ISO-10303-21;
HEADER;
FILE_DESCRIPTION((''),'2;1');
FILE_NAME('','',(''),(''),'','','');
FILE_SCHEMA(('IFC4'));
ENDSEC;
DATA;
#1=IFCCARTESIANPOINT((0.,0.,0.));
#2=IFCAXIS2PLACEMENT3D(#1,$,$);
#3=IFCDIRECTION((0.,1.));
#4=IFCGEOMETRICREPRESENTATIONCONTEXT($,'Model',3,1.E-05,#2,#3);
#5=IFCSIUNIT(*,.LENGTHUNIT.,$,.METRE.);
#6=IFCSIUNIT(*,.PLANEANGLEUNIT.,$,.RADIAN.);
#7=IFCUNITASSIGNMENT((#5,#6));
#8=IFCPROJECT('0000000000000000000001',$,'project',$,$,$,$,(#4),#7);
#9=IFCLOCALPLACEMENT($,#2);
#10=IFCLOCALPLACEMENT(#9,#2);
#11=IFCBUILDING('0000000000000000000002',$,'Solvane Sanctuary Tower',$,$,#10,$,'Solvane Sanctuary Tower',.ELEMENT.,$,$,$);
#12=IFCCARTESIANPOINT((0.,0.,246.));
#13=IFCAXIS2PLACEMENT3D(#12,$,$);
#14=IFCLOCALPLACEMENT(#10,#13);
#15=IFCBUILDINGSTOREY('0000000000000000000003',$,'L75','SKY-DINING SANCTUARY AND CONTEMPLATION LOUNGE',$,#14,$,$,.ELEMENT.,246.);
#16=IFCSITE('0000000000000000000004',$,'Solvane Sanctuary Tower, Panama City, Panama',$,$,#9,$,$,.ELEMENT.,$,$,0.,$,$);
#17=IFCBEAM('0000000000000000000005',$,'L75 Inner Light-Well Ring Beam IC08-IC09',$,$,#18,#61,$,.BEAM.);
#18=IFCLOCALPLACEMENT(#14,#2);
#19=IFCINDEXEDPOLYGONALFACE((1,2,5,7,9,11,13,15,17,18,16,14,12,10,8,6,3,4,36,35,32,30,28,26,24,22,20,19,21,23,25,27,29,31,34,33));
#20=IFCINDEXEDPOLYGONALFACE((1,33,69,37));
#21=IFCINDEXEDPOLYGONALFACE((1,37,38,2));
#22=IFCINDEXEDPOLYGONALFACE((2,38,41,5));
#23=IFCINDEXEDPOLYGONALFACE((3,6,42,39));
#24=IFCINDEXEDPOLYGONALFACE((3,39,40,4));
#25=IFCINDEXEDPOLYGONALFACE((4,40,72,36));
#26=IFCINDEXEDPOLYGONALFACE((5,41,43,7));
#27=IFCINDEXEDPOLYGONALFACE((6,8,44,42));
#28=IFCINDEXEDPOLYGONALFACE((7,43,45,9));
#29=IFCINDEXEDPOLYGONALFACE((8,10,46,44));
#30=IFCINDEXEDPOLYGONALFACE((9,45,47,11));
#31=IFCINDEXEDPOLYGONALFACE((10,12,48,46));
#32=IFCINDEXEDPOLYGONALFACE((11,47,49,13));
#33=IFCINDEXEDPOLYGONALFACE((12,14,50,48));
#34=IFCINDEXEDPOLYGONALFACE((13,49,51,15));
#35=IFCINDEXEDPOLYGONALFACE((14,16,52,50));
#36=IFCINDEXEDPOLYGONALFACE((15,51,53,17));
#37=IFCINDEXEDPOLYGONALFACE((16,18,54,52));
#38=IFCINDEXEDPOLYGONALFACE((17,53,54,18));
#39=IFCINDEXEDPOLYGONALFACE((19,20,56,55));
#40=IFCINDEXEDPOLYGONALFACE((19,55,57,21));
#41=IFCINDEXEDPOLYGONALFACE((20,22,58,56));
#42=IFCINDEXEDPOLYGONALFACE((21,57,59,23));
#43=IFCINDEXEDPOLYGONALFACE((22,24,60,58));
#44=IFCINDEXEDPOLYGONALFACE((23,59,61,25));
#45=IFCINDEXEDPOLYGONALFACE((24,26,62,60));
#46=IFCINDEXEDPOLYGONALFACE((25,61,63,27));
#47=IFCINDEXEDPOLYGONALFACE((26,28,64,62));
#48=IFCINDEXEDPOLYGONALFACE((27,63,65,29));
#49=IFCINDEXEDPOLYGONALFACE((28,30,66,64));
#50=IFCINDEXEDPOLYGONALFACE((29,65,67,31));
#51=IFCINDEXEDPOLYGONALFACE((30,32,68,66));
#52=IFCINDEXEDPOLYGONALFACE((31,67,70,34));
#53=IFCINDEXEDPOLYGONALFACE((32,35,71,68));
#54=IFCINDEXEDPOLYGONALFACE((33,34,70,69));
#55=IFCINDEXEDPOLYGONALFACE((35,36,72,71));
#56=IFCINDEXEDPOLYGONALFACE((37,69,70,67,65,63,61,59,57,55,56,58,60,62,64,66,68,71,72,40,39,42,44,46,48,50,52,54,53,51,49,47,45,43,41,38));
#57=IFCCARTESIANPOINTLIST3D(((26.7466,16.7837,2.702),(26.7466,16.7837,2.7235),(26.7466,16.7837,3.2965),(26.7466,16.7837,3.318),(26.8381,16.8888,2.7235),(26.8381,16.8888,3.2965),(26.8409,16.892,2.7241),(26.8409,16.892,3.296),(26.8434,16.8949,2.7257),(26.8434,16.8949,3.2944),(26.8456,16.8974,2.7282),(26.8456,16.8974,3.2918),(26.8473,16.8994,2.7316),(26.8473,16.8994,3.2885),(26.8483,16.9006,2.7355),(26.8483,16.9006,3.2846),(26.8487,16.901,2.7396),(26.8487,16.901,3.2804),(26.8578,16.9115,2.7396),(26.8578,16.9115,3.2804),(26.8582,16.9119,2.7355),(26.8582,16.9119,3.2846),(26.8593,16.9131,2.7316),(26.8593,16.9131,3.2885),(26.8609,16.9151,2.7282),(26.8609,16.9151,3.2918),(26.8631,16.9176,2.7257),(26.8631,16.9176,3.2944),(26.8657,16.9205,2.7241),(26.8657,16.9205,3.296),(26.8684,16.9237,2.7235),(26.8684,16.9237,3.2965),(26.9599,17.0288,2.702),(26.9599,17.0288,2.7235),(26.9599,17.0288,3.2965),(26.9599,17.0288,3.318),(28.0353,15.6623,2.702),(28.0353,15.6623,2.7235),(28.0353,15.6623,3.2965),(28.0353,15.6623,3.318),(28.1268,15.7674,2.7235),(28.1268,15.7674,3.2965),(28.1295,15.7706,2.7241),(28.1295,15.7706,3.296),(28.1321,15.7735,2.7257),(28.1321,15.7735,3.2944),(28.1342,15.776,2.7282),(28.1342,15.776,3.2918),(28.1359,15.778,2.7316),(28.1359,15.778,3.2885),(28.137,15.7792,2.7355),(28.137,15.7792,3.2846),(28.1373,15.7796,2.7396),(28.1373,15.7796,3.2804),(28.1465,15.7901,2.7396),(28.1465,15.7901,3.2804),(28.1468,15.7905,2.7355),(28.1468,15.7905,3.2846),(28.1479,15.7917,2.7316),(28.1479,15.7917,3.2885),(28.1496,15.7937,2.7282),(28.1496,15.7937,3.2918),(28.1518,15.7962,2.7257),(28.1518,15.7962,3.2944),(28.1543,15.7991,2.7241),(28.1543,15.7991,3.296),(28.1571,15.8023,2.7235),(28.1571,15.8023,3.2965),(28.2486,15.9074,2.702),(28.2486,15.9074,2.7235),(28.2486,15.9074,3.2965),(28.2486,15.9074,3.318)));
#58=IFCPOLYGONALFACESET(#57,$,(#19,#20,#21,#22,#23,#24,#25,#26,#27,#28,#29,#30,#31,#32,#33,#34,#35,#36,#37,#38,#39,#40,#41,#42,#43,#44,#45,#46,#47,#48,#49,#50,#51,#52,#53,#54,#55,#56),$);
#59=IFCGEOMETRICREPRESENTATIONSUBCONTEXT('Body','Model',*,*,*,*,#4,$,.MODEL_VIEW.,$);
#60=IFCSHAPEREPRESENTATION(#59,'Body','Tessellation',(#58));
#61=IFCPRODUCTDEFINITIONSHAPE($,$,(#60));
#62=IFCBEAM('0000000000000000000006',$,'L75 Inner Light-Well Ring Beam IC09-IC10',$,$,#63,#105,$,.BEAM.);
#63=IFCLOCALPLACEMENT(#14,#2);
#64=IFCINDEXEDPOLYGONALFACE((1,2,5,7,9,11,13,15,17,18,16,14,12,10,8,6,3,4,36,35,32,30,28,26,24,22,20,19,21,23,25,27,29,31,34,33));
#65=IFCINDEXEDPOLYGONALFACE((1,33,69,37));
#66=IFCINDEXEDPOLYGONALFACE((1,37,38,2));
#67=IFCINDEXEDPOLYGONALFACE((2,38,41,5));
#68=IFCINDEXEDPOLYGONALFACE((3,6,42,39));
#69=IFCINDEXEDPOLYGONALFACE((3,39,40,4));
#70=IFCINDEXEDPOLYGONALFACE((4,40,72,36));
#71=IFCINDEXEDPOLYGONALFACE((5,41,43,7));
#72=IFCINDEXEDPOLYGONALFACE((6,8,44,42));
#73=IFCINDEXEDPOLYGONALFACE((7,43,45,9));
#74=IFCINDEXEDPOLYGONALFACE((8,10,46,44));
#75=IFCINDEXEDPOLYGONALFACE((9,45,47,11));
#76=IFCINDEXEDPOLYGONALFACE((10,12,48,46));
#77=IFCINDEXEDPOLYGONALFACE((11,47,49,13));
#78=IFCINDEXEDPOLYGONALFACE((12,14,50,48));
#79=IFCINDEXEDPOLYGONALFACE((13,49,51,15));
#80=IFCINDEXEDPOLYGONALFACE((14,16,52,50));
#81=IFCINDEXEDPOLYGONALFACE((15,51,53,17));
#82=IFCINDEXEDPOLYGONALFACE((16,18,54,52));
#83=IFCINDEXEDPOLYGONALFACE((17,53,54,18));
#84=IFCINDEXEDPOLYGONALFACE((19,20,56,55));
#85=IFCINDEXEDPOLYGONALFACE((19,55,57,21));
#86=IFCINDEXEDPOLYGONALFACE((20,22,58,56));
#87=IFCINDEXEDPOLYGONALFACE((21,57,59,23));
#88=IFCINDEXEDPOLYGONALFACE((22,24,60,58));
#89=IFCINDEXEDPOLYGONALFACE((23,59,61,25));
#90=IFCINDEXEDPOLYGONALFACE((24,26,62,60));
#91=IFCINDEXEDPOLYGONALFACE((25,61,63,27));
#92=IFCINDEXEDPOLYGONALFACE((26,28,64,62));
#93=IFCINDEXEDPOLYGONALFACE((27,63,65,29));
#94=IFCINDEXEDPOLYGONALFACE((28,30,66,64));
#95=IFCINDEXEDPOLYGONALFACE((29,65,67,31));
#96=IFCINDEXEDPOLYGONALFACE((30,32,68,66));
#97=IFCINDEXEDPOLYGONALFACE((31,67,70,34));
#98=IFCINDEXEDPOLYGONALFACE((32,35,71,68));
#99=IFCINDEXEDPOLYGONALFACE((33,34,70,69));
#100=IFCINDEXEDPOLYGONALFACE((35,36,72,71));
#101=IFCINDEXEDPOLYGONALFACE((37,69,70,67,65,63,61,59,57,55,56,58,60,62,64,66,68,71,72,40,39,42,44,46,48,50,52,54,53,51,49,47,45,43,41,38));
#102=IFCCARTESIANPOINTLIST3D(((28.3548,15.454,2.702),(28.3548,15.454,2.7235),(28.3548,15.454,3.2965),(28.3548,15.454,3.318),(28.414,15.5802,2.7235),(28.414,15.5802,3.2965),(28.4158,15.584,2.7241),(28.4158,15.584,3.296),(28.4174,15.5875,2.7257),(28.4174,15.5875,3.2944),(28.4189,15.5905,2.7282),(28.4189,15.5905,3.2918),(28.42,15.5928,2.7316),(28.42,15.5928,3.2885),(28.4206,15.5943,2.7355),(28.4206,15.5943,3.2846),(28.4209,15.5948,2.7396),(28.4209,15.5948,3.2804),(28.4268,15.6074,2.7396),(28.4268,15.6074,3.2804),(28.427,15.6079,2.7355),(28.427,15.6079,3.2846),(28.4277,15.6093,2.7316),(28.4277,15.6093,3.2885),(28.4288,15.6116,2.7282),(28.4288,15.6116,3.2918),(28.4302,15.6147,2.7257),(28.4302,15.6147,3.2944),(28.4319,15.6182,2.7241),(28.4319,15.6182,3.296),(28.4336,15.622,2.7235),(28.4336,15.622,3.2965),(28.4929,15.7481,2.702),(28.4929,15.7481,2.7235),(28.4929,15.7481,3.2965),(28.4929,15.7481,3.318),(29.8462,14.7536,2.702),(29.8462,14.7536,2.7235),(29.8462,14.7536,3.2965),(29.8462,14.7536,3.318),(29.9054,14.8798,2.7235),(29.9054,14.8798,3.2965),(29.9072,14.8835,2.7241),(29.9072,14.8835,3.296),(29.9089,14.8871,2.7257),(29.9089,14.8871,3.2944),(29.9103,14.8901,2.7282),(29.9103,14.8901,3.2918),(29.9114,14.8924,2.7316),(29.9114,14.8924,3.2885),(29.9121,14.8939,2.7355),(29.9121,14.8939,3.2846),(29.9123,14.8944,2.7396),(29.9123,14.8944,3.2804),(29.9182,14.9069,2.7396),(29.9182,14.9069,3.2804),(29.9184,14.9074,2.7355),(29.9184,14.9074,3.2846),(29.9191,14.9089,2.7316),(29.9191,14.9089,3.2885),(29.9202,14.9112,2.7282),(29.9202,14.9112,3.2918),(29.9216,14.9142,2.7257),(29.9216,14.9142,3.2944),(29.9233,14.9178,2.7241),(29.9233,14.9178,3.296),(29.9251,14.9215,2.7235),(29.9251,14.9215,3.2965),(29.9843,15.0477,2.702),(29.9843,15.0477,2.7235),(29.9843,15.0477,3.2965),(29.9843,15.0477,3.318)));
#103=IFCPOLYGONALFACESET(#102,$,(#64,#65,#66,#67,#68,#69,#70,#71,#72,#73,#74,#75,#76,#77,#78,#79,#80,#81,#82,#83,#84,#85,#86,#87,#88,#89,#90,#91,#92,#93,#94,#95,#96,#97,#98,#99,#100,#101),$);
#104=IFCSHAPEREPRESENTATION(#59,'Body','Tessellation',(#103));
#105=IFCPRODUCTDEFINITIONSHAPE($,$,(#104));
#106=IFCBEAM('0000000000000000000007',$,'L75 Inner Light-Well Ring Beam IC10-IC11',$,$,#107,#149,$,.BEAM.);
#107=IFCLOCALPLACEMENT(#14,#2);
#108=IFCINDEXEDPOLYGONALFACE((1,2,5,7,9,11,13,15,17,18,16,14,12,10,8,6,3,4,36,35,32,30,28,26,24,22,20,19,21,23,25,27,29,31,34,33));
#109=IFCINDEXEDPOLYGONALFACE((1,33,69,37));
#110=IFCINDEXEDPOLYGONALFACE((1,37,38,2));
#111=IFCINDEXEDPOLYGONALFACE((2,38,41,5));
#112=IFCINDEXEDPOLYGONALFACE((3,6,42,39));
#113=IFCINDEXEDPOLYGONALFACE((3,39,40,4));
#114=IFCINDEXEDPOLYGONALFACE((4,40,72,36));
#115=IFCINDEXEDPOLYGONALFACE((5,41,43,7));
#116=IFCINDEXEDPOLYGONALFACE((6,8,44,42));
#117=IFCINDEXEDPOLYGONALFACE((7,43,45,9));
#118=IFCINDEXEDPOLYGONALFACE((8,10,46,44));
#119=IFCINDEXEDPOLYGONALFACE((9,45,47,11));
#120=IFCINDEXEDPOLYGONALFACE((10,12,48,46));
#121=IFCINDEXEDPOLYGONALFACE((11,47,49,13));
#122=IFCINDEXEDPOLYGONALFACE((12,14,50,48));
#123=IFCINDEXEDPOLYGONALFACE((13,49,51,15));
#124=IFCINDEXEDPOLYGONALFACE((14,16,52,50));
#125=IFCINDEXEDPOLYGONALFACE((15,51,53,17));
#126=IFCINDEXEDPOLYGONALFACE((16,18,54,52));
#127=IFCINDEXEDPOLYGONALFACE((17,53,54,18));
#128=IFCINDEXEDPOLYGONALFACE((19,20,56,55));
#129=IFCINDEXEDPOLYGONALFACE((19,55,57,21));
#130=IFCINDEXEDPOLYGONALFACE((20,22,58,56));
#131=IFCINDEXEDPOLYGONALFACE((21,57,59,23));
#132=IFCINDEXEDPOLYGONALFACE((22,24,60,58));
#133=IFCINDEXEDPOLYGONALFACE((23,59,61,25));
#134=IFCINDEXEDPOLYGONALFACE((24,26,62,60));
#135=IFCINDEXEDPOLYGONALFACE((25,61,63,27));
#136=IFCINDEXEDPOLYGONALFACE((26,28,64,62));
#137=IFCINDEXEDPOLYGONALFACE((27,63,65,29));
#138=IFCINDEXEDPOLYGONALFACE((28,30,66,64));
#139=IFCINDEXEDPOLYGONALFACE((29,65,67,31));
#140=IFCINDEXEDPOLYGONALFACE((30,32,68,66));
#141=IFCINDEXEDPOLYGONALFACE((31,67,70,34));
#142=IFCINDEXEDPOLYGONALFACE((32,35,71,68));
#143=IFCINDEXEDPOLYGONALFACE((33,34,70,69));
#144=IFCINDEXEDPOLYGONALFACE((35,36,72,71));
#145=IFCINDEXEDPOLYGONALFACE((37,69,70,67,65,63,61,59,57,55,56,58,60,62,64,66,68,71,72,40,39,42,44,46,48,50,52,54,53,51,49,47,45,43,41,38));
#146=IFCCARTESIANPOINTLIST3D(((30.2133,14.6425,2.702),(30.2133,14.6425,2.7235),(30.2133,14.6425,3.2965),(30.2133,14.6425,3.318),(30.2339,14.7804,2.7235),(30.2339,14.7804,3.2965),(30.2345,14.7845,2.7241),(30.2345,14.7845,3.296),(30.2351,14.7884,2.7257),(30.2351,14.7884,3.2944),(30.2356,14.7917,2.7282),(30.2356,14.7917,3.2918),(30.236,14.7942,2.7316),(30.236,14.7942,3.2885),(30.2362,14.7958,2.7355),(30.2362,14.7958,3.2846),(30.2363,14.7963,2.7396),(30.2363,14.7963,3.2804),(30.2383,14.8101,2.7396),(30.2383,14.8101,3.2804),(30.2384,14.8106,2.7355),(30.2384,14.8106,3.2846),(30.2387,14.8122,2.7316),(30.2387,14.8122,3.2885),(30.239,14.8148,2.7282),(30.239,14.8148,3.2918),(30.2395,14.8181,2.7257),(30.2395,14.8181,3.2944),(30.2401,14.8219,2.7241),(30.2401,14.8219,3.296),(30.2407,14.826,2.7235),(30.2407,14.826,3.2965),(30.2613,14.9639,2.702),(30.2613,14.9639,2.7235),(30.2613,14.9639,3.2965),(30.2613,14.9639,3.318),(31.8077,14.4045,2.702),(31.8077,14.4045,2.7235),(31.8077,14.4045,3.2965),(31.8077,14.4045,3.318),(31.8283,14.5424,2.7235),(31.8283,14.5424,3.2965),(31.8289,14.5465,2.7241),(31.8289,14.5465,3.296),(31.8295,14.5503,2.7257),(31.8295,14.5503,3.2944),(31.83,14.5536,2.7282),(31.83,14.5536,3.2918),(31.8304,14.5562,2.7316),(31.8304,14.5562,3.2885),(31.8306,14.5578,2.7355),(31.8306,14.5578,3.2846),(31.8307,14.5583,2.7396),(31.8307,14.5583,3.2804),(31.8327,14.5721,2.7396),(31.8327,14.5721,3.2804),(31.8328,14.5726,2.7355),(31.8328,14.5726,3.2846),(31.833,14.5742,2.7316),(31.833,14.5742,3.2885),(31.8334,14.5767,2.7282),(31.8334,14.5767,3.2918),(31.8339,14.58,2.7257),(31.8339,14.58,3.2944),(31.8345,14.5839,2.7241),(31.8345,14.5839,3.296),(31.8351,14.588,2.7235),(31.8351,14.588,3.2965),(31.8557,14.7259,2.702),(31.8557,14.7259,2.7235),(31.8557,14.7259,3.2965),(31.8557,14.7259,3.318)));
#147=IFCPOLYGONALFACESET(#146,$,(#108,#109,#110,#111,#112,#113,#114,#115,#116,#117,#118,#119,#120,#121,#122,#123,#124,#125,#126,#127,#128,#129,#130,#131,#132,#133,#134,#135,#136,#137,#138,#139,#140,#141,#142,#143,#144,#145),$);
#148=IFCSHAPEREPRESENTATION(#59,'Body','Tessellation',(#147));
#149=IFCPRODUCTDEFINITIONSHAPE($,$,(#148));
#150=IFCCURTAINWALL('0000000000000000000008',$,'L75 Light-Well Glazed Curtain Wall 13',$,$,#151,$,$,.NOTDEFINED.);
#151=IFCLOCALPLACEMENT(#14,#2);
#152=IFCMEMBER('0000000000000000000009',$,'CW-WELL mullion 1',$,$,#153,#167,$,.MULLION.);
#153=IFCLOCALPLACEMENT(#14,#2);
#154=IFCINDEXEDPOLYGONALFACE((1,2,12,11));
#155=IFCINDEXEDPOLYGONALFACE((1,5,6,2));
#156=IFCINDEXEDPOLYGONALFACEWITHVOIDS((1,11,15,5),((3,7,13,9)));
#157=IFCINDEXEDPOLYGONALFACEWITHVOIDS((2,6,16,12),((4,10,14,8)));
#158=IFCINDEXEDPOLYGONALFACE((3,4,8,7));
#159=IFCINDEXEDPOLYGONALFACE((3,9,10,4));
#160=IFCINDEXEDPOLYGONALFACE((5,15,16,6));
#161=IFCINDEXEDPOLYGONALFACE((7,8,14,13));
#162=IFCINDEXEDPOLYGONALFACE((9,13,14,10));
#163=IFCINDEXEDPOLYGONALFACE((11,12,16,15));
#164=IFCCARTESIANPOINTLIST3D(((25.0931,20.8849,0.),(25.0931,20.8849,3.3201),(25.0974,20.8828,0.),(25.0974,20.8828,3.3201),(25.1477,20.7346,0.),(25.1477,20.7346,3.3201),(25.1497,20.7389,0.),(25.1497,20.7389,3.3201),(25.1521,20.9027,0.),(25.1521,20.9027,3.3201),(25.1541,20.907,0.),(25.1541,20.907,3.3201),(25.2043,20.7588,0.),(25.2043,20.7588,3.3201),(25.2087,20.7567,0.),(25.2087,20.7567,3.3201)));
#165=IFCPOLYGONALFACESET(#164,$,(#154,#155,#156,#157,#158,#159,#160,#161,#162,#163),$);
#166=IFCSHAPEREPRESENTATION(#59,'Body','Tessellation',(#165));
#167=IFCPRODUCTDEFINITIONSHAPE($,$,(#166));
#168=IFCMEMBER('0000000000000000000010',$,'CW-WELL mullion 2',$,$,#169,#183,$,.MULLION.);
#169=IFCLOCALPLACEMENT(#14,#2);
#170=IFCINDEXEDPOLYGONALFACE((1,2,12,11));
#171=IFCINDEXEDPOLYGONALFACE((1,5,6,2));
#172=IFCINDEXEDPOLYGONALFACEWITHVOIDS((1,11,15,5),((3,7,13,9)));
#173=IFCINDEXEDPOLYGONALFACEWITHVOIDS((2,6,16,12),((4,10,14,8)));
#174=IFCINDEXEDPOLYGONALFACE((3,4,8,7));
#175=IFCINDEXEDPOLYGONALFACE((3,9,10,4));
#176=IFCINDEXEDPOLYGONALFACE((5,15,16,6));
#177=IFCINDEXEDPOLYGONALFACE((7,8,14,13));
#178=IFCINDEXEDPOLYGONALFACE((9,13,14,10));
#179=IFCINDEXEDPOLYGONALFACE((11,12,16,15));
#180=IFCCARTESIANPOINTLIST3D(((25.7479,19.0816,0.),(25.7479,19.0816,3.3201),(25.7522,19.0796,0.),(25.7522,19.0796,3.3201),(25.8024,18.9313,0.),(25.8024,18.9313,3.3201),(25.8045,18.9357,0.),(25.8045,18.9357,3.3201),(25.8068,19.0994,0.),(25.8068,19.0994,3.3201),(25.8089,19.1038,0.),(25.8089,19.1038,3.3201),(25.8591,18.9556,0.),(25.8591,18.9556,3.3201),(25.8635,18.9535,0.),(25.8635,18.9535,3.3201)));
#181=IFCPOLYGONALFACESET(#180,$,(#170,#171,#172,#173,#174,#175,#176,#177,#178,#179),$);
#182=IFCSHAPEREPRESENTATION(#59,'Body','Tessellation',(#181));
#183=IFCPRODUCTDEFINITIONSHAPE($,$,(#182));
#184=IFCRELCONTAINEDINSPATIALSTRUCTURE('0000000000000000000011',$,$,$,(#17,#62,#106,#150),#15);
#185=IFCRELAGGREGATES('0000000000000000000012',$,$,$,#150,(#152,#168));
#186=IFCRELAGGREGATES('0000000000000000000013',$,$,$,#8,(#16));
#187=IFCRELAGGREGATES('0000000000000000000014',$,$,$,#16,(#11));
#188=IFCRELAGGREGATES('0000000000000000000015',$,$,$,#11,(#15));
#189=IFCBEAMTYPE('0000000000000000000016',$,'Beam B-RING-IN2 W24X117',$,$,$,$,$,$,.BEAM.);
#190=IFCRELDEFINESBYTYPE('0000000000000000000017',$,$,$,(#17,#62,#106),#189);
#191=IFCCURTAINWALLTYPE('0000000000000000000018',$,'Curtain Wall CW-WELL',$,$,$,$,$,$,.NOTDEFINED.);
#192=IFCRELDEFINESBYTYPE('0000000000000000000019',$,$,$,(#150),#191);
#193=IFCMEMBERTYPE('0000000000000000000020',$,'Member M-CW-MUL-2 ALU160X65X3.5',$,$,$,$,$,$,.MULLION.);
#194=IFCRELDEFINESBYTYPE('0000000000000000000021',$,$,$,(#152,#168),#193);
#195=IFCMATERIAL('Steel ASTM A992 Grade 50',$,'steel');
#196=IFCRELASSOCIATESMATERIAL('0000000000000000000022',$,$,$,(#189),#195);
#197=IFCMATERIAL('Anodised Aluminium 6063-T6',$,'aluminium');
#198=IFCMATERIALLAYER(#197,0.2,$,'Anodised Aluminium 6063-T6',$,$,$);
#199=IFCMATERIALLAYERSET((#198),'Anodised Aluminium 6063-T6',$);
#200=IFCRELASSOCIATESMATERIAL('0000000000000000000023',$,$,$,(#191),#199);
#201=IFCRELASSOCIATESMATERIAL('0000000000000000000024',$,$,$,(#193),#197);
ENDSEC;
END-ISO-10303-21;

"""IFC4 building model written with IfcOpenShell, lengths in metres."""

from ifc_helpers import new_model, si_unit, direction, frame, origin, origin_2d, place, context, subcontext, project, spatial, hollow_rectangle, i_section, extrude, material, layer, layer_set, material_profile, profile_set, type_object, element, aggregate, save


model = new_model("IFC4")

# Units and contexts
model_context = context("Model", 3, precision=1e-05, world=origin(), true_north=direction((0.0, 1.0)))
body_context = subcontext(model_context, "Body", "Model", "MODEL_VIEW")
ifc_project = project(units=[si_unit("LENGTHUNIT", "METRE"), si_unit("PLANEANGLEUNIT", "RADIAN")], contexts=[model_context])

# Site, building, storey
site_placement = place(None, origin())
site = spatial("IfcSite", under=ifc_project, at=site_placement, Name="Solvane Sanctuary Tower, Panama City, Panama", CompositionType="ELEMENT", RefElevation=0.0)
building_placement = place(site_placement, origin())
building = spatial("IfcBuilding", under=site, at=building_placement, Name="Solvane Sanctuary Tower", LongName="Solvane Sanctuary Tower", CompositionType="ELEMENT")
storey_placement = place(building_placement, frame((0.0, 0.0, 246.0)))
storey = spatial("IfcBuildingStorey", under=building, at=storey_placement, Name="L75", Description="SKY-DINING SANCTUARY AND CONTEMPLATION LOUNGE", CompositionType="ELEMENT", Elevation=246.0)

# Beams
ifc_material_1 = material(Name="Steel ASTM A992 Grade 50", Category="steel")
ifc_material_profile_1 = material_profile(ifc_material_1, i_section(OverallWidth=0.325, OverallDepth=0.616, WebThickness=0.0139, FlangeThickness=0.0215, FilletRadius=0.0161, at=origin_2d()), Name="W24X117")
ifc_profile_set_1 = profile_set([ifc_material_profile_1], Name="Steel ASTM A992 Grade 50")
beam_type_1 = type_object("IfcBeamType", Name="Beam B-RING-IN2 W24X117", PredefinedType="BEAM", material=ifc_profile_set_1)
beam_1_placement = place(storey_placement, frame((26.8533, 16.9062, 3.01), z_axis=(0.754362, -0.656458, 0.0), x_axis=(0.656458, 0.754362, 0.0)))
element("IfcBeam", 1, at=beam_1_placement, inside=storey, type_object=beam_type_1, Name="L75 Inner Light-Well Ring Beam IC08-IC09", PredefinedType="BEAM", context=body_context, shape_type="SweptSolid", body=[
    extrude(i_section(OverallWidth=0.325, OverallDepth=0.616, WebThickness=0.0139, FlangeThickness=0.0215, FilletRadius=0.0161, at=origin_2d()), origin(), (0.0, 0.0, 1.0), 1.7083),
])
beam_2_placement = place(storey_placement, frame((28.4238, 15.6011, 3.01), z_axis=(0.905151, -0.42509, 0.0), x_axis=(0.42509, 0.905151, 0.0)))
element("IfcBeam", 2, at=beam_2_placement, inside=storey, type_object=beam_type_1, Name="L75 Inner Light-Well Ring Beam IC09-IC10", PredefinedType="BEAM", context=body_context, shape_type="SweptSolid", body=[
    extrude(i_section(OverallWidth=0.325, OverallDepth=0.616, WebThickness=0.0139, FlangeThickness=0.0215, FilletRadius=0.0161, at=origin_2d()), origin(), (0.0, 0.0, 1.0), 1.6477),
])
beam_3_placement = place(storey_placement, frame((30.2373, 14.8032, 3.01), z_axis=(0.989039, -0.147652, 0.0), x_axis=(0.147652, 0.989039, 0.0)))
element("IfcBeam", 3, at=beam_3_placement, inside=storey, type_object=beam_type_1, Name="L75 Inner Light-Well Ring Beam IC10-IC11", PredefinedType="BEAM", context=body_context, shape_type="SweptSolid", body=[
    extrude(i_section(OverallWidth=0.325, OverallDepth=0.616, WebThickness=0.0139, FlangeThickness=0.0215, FilletRadius=0.0161, at=origin_2d()), origin(), (0.0, 0.0, 1.0), 1.6121),
])

# Curtain wall, members
ifc_material_2 = material(Name="Anodised Aluminium 6063-T6", Category="aluminium")
ifc_layer_1 = layer(ifc_material_2, 0.2, Name="Anodised Aluminium 6063-T6")
ifc_layer_set_1 = layer_set([ifc_layer_1], Name="Anodised Aluminium 6063-T6")
curtain_wall_type = type_object("IfcCurtainWallType", Name="Curtain Wall CW-WELL", PredefinedType="NOTDEFINED", material=ifc_layer_set_1)
curtain_wall_placement = place(storey_placement, origin())
curtain_wall = element("IfcCurtainWall", 4, at=curtain_wall_placement, inside=storey, type_object=curtain_wall_type, Name="L75 Light-Well Glazed Curtain Wall 13", PredefinedType="NOTDEFINED")
ifc_material_profile_2 = material_profile(ifc_material_2, hollow_rectangle(XDim=0.0649, YDim=0.1599, WallThickness=0.0034, at=origin_2d()), Name="ALU160X65X3.5")
ifc_profile_set_2 = profile_set([ifc_material_profile_2], Name="Anodised Aluminium 6063-T6")
member_type_1 = type_object("IfcMemberType", Name="Member M-CW-MUL-2 ALU160X65X3.5", PredefinedType="MULLION", material=ifc_profile_set_2)
member_1_placement = place(storey_placement, frame((25.1509, 20.8208, 0.0), z_axis=(0.0, 0.0, 1.0), x_axis=(0.939933, 0.341358, 0.0)))
member_1 = element("IfcMember", 5, at=member_1_placement, type_object=member_type_1, Name="CW-WELL mullion 1", PredefinedType="MULLION", context=body_context, shape_type="SweptSolid", body=[
    extrude(hollow_rectangle(XDim=0.0649, YDim=0.1599, WallThickness=0.0034, at=origin_2d()), origin(), (0.0, 0.0, 1.0), 3.3201),
])
member_2_placement = place(storey_placement, frame((25.8057, 19.0176, 0.0), z_axis=(0.0, 0.0, 1.0), x_axis=(0.939933, 0.341358, 0.0)))
member_2 = element("IfcMember", 6, at=member_2_placement, type_object=member_type_1, Name="CW-WELL mullion 2", PredefinedType="MULLION", context=body_context, shape_type="SweptSolid", body=[
    extrude(hollow_rectangle(XDim=0.0649, YDim=0.1599, WallThickness=0.0034, at=origin_2d()), origin(), (0.0, 0.0, 1.0), 3.3201),
])
aggregate(curtain_wall, [member_1, member_2])

save(model, "model.ifc")
